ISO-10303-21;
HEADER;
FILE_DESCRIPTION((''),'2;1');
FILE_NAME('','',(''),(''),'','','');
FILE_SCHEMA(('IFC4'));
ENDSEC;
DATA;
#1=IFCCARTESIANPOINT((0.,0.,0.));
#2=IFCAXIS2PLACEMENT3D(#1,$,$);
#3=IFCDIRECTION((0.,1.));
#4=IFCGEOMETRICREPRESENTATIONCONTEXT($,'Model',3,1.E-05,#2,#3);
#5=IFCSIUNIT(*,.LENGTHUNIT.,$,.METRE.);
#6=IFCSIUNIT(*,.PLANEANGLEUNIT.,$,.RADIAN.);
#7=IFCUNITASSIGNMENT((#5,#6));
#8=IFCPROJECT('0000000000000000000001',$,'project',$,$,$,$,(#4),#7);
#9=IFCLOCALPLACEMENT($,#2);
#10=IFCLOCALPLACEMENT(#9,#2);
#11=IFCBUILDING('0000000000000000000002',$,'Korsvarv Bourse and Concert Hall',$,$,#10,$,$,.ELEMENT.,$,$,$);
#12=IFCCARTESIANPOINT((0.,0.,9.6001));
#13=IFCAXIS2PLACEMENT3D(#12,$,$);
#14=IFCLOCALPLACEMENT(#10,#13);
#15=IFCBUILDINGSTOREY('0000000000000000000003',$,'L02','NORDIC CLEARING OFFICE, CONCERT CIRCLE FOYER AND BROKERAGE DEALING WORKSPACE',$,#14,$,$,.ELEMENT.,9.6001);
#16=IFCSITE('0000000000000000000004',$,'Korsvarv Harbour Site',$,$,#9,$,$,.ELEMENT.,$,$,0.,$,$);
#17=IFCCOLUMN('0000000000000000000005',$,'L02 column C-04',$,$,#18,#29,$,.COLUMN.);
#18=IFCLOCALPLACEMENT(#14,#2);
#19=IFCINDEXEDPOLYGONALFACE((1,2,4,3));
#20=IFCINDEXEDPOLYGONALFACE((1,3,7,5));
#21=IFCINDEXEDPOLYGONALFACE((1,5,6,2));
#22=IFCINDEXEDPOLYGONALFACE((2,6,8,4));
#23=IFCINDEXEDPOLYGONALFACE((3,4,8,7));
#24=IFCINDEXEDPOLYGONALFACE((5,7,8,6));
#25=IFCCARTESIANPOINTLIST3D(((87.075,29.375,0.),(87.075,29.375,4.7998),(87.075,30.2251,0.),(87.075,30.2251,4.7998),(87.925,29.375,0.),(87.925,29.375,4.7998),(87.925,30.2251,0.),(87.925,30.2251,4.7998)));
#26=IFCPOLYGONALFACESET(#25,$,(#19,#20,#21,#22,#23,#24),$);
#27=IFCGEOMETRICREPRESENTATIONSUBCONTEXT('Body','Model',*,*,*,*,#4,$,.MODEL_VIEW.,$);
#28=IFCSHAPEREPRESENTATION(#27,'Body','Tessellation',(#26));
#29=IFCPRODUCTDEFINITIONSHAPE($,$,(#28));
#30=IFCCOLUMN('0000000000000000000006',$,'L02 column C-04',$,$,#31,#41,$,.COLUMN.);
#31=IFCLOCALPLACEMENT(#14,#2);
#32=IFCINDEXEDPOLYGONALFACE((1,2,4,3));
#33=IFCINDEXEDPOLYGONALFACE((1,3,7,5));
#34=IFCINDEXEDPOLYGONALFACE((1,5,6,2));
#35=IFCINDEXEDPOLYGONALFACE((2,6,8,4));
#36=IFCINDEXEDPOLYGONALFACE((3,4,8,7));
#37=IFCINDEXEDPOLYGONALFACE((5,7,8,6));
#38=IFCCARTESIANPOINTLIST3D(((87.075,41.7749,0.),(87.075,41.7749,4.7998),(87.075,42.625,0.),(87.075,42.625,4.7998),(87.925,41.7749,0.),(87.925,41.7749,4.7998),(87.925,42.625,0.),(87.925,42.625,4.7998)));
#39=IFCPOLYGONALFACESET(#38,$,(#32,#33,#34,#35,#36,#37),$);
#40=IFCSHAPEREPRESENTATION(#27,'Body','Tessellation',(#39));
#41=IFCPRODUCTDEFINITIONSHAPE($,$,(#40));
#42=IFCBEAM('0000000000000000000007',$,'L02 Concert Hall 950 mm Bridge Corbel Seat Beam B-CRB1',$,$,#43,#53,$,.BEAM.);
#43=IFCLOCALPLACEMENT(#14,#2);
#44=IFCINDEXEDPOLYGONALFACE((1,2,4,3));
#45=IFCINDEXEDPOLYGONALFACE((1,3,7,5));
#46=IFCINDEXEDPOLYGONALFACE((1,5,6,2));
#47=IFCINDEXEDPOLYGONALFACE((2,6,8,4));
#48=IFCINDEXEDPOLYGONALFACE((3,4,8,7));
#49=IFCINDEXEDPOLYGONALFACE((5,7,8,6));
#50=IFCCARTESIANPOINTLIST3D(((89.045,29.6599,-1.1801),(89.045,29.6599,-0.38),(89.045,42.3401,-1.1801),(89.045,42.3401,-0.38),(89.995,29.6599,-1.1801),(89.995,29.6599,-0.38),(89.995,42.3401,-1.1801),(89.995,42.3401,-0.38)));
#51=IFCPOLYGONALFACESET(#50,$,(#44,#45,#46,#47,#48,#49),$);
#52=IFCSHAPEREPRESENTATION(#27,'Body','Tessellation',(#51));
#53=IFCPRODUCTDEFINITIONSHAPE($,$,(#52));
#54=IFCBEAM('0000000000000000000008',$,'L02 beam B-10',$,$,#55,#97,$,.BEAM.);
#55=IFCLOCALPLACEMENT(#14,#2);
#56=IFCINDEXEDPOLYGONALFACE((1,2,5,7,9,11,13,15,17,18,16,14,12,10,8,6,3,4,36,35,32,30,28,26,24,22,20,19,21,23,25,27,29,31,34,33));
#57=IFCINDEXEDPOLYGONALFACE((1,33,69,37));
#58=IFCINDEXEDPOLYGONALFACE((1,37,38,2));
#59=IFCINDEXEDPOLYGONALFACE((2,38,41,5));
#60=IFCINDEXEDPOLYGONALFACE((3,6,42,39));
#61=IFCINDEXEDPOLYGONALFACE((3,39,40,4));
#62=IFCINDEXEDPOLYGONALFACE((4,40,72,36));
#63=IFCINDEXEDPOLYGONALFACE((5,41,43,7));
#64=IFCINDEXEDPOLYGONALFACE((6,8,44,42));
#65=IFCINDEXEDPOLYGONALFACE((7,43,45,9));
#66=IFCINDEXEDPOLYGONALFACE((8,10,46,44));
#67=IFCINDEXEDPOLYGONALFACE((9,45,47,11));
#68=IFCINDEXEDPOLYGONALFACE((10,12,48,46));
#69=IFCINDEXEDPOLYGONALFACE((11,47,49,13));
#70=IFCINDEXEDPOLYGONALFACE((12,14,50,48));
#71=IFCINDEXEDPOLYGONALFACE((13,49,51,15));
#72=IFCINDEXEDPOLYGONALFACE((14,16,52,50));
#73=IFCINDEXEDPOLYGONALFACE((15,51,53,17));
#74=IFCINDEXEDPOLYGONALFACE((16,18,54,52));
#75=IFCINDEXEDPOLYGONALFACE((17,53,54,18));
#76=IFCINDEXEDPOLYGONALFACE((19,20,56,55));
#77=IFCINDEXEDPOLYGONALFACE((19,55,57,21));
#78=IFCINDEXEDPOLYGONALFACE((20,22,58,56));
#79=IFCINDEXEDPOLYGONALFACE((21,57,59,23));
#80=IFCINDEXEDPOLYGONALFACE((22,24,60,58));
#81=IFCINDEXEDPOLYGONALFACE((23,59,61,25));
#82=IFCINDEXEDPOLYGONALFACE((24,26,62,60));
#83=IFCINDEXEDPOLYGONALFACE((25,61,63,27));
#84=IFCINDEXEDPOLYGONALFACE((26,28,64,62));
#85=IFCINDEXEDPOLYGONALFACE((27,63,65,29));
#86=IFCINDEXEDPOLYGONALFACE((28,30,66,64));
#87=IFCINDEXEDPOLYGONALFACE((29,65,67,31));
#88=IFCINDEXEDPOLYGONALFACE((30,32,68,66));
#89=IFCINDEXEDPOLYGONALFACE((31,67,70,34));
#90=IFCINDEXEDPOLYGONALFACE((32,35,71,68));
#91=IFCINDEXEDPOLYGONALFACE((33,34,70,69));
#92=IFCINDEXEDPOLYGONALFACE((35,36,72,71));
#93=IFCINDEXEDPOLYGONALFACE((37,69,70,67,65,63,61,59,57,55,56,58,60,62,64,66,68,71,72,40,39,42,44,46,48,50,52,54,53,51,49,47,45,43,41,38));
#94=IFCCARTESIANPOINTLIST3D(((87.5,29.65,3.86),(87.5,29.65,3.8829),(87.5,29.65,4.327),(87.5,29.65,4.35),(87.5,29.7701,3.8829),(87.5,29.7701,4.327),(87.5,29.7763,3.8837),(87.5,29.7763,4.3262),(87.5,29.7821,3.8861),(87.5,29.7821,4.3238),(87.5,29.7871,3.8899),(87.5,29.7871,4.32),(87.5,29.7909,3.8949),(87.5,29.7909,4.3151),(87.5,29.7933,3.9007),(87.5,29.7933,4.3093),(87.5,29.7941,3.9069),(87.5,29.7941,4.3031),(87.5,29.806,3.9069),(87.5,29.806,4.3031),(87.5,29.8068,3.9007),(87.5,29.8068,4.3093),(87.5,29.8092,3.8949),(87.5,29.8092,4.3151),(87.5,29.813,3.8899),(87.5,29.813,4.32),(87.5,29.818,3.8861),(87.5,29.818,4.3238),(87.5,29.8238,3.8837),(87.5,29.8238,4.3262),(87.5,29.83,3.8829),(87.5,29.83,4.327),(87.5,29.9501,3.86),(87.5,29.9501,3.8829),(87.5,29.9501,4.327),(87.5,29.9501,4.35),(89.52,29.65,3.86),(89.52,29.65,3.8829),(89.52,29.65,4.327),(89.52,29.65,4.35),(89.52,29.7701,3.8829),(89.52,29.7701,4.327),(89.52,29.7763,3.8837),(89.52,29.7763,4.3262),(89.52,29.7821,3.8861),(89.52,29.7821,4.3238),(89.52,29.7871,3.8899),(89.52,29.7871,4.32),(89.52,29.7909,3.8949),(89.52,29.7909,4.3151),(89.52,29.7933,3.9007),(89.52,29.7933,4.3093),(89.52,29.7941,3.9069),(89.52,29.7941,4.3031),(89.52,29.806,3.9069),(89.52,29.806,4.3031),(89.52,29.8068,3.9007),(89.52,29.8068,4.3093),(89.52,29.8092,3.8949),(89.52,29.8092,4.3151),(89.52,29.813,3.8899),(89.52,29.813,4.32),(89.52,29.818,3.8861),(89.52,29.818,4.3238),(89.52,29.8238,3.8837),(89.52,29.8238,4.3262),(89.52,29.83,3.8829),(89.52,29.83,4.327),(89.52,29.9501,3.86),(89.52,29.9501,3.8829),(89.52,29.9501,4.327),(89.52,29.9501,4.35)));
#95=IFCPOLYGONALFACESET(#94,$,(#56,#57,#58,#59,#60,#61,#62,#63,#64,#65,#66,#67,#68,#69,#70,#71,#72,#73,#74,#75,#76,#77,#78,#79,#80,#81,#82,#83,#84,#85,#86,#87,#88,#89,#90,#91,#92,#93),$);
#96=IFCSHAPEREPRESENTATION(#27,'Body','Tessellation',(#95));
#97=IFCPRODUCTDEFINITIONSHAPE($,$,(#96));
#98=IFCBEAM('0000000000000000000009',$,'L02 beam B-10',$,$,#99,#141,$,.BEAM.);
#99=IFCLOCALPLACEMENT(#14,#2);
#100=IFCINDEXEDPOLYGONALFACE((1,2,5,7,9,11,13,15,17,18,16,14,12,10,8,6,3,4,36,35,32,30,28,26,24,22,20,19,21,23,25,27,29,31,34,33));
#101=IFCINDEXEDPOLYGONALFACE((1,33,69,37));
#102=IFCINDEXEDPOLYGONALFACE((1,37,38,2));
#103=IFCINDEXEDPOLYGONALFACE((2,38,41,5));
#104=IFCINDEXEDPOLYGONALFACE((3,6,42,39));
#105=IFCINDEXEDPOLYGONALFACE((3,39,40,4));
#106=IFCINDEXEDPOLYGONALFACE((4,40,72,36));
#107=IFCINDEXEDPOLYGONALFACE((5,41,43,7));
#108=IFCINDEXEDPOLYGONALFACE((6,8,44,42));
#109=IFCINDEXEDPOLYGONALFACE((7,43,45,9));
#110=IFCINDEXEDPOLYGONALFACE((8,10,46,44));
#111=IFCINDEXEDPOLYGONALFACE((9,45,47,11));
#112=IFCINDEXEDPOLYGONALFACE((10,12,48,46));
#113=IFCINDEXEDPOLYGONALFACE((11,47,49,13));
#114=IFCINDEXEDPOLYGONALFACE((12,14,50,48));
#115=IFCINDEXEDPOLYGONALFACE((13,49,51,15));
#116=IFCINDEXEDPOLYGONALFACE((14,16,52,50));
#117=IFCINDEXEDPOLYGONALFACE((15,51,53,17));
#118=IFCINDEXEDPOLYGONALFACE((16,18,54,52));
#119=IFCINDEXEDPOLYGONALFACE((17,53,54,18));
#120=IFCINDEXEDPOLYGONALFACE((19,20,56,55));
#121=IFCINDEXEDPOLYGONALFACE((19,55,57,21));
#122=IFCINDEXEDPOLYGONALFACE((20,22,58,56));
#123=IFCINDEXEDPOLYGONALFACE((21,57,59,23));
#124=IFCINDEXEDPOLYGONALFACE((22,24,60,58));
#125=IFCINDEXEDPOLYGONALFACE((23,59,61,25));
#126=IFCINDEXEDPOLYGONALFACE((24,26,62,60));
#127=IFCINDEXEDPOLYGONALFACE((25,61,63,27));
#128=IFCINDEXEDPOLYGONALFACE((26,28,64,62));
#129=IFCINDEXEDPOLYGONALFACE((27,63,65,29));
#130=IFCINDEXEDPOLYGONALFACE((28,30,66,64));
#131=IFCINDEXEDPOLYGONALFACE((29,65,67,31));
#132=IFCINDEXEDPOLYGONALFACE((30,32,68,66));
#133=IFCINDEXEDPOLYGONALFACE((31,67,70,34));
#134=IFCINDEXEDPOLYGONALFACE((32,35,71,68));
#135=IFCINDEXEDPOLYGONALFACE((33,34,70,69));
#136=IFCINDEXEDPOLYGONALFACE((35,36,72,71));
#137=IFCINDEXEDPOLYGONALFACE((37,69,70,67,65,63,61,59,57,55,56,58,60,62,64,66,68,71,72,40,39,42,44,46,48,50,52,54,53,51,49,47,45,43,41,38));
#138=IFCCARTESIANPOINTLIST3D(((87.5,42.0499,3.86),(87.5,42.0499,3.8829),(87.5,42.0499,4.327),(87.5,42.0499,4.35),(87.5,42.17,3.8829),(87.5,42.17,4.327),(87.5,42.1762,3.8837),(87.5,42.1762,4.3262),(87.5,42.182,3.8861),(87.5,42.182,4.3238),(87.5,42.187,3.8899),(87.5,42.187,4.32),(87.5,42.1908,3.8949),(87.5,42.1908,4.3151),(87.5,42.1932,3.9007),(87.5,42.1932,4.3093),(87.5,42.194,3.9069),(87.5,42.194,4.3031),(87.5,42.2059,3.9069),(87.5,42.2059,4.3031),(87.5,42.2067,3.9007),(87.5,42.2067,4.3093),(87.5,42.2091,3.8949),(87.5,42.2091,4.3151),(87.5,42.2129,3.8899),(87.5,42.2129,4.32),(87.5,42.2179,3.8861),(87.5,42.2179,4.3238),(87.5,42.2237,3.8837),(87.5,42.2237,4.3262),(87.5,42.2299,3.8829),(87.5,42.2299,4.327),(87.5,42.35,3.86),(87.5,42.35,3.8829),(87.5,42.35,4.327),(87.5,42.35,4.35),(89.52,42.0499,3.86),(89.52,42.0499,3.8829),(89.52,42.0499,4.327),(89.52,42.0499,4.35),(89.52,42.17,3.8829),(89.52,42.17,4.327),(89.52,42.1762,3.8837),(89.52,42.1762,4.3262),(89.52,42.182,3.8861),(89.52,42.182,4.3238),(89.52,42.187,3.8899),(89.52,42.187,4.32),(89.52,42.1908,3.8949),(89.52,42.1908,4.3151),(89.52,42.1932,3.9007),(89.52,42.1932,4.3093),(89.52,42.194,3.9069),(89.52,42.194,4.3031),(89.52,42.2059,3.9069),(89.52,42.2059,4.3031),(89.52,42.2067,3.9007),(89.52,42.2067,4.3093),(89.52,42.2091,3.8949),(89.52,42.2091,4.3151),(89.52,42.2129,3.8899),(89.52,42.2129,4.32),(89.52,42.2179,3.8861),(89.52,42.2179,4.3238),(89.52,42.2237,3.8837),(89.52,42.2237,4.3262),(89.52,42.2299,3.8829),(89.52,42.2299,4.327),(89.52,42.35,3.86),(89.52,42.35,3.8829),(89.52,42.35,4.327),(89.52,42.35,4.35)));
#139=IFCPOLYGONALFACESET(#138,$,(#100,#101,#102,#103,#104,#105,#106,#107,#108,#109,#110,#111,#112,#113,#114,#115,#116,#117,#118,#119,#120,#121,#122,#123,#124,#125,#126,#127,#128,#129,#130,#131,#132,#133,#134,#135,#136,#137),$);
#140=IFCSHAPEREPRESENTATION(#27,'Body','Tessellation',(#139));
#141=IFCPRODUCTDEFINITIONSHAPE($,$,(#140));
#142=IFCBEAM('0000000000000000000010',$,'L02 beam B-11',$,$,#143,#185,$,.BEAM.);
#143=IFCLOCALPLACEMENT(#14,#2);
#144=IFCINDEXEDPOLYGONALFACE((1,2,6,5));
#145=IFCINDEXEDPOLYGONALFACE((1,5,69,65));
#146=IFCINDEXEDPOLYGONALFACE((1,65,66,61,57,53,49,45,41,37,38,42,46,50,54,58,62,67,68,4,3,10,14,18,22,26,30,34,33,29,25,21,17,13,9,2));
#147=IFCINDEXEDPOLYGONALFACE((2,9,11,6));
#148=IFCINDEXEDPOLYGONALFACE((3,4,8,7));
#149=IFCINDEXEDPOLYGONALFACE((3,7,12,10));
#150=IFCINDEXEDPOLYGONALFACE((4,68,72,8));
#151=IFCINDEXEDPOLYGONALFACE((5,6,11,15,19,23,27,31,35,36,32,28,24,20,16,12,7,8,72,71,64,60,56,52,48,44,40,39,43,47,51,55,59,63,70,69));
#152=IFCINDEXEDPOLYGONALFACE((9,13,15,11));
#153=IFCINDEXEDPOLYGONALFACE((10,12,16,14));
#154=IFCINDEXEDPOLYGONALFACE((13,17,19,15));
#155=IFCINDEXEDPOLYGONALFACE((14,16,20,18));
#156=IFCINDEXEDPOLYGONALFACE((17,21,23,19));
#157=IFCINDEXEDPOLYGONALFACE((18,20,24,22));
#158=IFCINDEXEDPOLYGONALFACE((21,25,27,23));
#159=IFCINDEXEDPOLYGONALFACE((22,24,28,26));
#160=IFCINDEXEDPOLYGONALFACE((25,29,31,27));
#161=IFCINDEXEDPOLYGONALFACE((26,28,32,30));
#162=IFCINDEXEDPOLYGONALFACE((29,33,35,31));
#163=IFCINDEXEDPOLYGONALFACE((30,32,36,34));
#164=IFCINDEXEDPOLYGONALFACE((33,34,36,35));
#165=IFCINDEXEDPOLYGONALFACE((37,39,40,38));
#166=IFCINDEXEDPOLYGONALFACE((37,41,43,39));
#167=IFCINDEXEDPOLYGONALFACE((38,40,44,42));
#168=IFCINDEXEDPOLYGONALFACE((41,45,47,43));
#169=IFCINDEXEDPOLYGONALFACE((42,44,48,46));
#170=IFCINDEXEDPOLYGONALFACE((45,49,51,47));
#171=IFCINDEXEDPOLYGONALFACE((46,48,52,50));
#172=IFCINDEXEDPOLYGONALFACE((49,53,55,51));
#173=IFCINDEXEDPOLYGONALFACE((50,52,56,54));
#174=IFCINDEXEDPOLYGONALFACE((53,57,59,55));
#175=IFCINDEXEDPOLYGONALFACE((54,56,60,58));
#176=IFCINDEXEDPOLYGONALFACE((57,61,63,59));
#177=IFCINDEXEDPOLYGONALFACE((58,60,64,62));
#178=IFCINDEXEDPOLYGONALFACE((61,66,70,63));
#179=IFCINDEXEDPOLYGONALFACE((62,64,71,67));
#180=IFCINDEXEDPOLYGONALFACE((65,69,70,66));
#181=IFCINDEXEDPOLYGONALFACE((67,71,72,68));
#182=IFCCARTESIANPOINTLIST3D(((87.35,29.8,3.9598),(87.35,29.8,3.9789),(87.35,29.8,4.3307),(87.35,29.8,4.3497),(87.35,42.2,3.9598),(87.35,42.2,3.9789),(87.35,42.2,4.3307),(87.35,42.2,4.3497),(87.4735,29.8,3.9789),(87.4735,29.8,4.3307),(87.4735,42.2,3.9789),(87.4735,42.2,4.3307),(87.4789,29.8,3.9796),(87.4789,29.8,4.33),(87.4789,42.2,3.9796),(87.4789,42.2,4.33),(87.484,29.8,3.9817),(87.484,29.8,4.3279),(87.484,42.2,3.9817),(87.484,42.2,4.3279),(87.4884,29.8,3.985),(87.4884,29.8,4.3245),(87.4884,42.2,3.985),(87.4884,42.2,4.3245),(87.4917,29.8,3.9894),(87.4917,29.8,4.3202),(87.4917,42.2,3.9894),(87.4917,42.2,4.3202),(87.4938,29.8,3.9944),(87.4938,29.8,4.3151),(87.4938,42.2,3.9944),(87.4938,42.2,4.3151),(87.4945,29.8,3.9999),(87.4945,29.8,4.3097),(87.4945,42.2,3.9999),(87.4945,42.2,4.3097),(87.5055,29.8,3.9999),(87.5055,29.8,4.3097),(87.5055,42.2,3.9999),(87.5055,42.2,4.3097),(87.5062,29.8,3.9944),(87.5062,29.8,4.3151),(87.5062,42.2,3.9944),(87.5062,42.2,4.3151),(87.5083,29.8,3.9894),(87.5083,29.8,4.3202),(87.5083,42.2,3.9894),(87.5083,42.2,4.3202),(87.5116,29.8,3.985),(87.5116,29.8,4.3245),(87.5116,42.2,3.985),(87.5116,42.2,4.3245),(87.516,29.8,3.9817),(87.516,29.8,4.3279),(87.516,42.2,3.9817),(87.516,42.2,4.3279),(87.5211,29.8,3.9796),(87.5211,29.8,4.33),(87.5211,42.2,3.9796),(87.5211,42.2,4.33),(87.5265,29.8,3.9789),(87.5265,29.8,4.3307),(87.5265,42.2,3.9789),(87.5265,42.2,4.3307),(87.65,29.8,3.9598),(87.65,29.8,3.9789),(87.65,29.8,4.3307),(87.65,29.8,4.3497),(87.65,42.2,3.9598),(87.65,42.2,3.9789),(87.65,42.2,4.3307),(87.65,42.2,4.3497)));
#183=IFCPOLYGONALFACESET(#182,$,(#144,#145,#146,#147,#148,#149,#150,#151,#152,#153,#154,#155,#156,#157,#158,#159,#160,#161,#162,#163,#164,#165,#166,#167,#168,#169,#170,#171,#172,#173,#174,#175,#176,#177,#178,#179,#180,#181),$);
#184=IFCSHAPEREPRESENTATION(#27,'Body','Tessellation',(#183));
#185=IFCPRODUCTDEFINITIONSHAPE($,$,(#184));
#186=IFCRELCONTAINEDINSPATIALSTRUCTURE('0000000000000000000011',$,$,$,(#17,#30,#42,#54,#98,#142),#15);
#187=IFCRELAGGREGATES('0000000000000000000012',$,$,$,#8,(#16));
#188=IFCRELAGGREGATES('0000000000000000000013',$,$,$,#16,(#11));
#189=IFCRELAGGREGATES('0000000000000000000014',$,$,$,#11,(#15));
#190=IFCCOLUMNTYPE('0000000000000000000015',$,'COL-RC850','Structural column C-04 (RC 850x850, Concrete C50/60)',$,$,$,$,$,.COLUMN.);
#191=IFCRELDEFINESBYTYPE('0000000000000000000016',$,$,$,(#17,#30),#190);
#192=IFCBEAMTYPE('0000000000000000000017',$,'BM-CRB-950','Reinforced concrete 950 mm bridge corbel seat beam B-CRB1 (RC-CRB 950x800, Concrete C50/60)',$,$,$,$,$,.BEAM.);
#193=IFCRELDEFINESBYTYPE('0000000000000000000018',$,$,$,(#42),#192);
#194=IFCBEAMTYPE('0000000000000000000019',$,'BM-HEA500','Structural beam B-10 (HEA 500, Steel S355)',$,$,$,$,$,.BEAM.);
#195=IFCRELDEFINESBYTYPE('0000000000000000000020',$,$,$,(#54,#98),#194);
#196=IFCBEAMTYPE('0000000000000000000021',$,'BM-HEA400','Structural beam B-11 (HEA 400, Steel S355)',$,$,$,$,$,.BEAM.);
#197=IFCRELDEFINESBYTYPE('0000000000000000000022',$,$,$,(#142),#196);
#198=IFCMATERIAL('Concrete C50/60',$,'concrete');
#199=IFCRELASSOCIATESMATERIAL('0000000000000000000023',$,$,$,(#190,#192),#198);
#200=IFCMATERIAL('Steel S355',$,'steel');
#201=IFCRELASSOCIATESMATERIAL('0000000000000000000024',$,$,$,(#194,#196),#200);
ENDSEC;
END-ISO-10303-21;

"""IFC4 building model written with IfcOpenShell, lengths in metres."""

from ifc_helpers import new_model, si_unit, direction, frame, origin, origin_2d, place, context, subcontext, project, spatial, rectangle, i_section, extrude, source, transform, mapped, material, material_profile, profile_set, type_object, element, save


model = new_model("IFC4")

# Units and contexts
model_context = context("Model", 3, precision=1e-05, world=origin(), true_north=direction((0.0, 1.0)))
body_context = subcontext(model_context, "Body", "Model", "MODEL_VIEW")
ifc_project = project(units=[si_unit("LENGTHUNIT", "METRE"), si_unit("PLANEANGLEUNIT", "RADIAN")], contexts=[model_context])

# Site, building, storey
site_placement = place(None, origin())
site = spatial("IfcSite", under=ifc_project, at=site_placement, Name="Korsvarv Harbour Site", CompositionType="ELEMENT", RefElevation=0.0)
building_placement = place(site_placement, origin())
building = spatial("IfcBuilding", under=site, at=building_placement, Name="Korsvarv Bourse and Concert Hall", CompositionType="ELEMENT")
storey_placement = place(building_placement, frame((0.0, 0.0, 9.6001)))
storey = spatial("IfcBuildingStorey", under=building, at=storey_placement, Name="L02", Description="NORDIC CLEARING OFFICE, CONCERT CIRCLE FOYER AND BROKERAGE DEALING WORKSPACE", CompositionType="ELEMENT", Elevation=9.6001)

# Columns
ifc_material_1 = material(Name="Concrete C50/60", Category="concrete")
ifc_material_profile_1 = material_profile(ifc_material_1, rectangle(XDim=0.8501, YDim=0.8501, at=origin_2d()), Name="RC 850x850")
ifc_profile_set_1 = profile_set([ifc_material_profile_1], Name="Concrete C50/60")
column_type = type_object("IfcColumnType", Name="COL-RC850", Description="Structural column C-04 (RC 850x850, Concrete C50/60)", PredefinedType="COLUMN", material=ifc_profile_set_1)
shared_shape_1 = source(origin(), body_context, "Body", "SweptSolid", [
    extrude(rectangle(XDim=0.8501, YDim=0.8501, at=origin_2d()), origin(), (0.0, 0.0, 1.0), 4.7998),
])
for number, where, z_axis, x_axis, name in (
    (1, (87.5, 29.8, 0.0), (0.0, 0.0, 1.0), (1.0, 0.0, 0.0), "L02 column C-04"),
    (2, (87.5, 42.2, 0.0), (0.0, 0.0, 1.0), (1.0, 0.0, 0.0), "L02 column C-04"),
):
    element("IfcColumn", number, at=place(storey_placement, frame(where, z_axis=z_axis, x_axis=x_axis)), inside=storey, type_object=column_type, Name=name, PredefinedType="COLUMN", context=body_context, shape_type="MappedRepresentation", body=[
        mapped(shared_shape_1, transform((0.0, 0.0, 0.0), scale=1.0)),
    ])

# Beams
ifc_material_profile_2 = material_profile(ifc_material_1, rectangle(XDim=0.95, YDim=0.8, at=origin_2d()), Name="RC-CRB 950x800")
ifc_profile_set_2 = profile_set([ifc_material_profile_2], Name="Concrete C50/60")
beam_type_1 = type_object("IfcBeamType", Name="BM-CRB-950", Description="Reinforced concrete 950 mm bridge corbel seat beam B-CRB1 (RC-CRB 950x800, Concrete C50/60)", PredefinedType="BEAM", material=ifc_profile_set_2)
shared_shape_2 = source(origin(), body_context, "Body", "SweptSolid", [
    extrude(rectangle(XDim=0.95, YDim=0.8, at=origin_2d()), origin(), (0.0, 0.0, 1.0), 12.6802),
])
beam_1_placement = place(storey_placement, frame((89.52, 29.6599, -0.78), z_axis=(0.0, 1.0, 0.0), x_axis=(-1.0, 0.0, 0.0)))
element("IfcBeam", 3, at=beam_1_placement, inside=storey, type_object=beam_type_1, Name="L02 Concert Hall 950 mm Bridge Corbel Seat Beam B-CRB1", PredefinedType="BEAM", context=body_context, shape_type="MappedRepresentation", body=[
    mapped(shared_shape_2, transform((0.0, 0.0, 0.0), scale=1.0)),
])
ifc_material_2 = material(Name="Steel S355", Category="steel")
ifc_material_profile_3 = material_profile(ifc_material_2, i_section(OverallWidth=0.3, OverallDepth=0.49, WebThickness=0.012, FlangeThickness=0.0229, FilletRadius=0.0239, at=origin_2d()), Name="HEA 500")
ifc_profile_set_3 = profile_set([ifc_material_profile_3], Name="Steel S355")
beam_type_2 = type_object("IfcBeamType", Name="BM-HEA500", Description="Structural beam B-10 (HEA 500, Steel S355)", PredefinedType="BEAM", material=ifc_profile_set_3)
shared_shape_3 = source(origin(), body_context, "Body", "SweptSolid", [
    extrude(i_section(OverallWidth=0.3, OverallDepth=0.49, WebThickness=0.012, FlangeThickness=0.0229, FilletRadius=0.0239, at=origin_2d()), origin(), (0.0, 0.0, 1.0), 2.02),
])
for number, where, z_axis, x_axis, name in (
    (4, (87.5, 29.8, 4.105), (1.0, 0.0, 0.0), (0.0, 1.0, 0.0), "L02 beam B-10"),
    (5, (87.5, 42.2, 4.105), (1.0, 0.0, 0.0), (0.0, 1.0, 0.0), "L02 beam B-10"),
):
    element("IfcBeam", number, at=place(storey_placement, frame(where, z_axis=z_axis, x_axis=x_axis)), inside=storey, type_object=beam_type_2, Name=name, PredefinedType="BEAM", context=body_context, shape_type="MappedRepresentation", body=[
        mapped(shared_shape_3, transform((0.0, 0.0, 0.0), scale=1.0)),
    ])
ifc_material_profile_4 = material_profile(ifc_material_2, i_section(OverallWidth=0.3, OverallDepth=0.3899, WebThickness=0.011, FlangeThickness=0.019, FilletRadius=0.021, at=origin_2d()), Name="HEA 400")
ifc_profile_set_4 = profile_set([ifc_material_profile_4], Name="Steel S355")
beam_type_3 = type_object("IfcBeamType", Name="BM-HEA400", Description="Structural beam B-11 (HEA 400, Steel S355)", PredefinedType="BEAM", material=ifc_profile_set_4)
shared_shape_4 = source(origin(), body_context, "Body", "SweptSolid", [
    extrude(i_section(OverallWidth=0.3, OverallDepth=0.3899, WebThickness=0.011, FlangeThickness=0.019, FilletRadius=0.021, at=origin_2d()), origin(), (0.0, 0.0, 1.0), 12.3999),
])
beam_2_placement = place(storey_placement, frame((87.5, 29.8, 4.1548), z_axis=(0.0, 1.0, 0.0), x_axis=(-1.0, 0.0, 0.0)))
element("IfcBeam", 6, at=beam_2_placement, inside=storey, type_object=beam_type_3, Name="L02 beam B-11", PredefinedType="BEAM", context=body_context, shape_type="MappedRepresentation", body=[
    mapped(shared_shape_4, transform((0.0, 0.0, 0.0), scale=1.0)),
])

save(model, "model.ifc")
